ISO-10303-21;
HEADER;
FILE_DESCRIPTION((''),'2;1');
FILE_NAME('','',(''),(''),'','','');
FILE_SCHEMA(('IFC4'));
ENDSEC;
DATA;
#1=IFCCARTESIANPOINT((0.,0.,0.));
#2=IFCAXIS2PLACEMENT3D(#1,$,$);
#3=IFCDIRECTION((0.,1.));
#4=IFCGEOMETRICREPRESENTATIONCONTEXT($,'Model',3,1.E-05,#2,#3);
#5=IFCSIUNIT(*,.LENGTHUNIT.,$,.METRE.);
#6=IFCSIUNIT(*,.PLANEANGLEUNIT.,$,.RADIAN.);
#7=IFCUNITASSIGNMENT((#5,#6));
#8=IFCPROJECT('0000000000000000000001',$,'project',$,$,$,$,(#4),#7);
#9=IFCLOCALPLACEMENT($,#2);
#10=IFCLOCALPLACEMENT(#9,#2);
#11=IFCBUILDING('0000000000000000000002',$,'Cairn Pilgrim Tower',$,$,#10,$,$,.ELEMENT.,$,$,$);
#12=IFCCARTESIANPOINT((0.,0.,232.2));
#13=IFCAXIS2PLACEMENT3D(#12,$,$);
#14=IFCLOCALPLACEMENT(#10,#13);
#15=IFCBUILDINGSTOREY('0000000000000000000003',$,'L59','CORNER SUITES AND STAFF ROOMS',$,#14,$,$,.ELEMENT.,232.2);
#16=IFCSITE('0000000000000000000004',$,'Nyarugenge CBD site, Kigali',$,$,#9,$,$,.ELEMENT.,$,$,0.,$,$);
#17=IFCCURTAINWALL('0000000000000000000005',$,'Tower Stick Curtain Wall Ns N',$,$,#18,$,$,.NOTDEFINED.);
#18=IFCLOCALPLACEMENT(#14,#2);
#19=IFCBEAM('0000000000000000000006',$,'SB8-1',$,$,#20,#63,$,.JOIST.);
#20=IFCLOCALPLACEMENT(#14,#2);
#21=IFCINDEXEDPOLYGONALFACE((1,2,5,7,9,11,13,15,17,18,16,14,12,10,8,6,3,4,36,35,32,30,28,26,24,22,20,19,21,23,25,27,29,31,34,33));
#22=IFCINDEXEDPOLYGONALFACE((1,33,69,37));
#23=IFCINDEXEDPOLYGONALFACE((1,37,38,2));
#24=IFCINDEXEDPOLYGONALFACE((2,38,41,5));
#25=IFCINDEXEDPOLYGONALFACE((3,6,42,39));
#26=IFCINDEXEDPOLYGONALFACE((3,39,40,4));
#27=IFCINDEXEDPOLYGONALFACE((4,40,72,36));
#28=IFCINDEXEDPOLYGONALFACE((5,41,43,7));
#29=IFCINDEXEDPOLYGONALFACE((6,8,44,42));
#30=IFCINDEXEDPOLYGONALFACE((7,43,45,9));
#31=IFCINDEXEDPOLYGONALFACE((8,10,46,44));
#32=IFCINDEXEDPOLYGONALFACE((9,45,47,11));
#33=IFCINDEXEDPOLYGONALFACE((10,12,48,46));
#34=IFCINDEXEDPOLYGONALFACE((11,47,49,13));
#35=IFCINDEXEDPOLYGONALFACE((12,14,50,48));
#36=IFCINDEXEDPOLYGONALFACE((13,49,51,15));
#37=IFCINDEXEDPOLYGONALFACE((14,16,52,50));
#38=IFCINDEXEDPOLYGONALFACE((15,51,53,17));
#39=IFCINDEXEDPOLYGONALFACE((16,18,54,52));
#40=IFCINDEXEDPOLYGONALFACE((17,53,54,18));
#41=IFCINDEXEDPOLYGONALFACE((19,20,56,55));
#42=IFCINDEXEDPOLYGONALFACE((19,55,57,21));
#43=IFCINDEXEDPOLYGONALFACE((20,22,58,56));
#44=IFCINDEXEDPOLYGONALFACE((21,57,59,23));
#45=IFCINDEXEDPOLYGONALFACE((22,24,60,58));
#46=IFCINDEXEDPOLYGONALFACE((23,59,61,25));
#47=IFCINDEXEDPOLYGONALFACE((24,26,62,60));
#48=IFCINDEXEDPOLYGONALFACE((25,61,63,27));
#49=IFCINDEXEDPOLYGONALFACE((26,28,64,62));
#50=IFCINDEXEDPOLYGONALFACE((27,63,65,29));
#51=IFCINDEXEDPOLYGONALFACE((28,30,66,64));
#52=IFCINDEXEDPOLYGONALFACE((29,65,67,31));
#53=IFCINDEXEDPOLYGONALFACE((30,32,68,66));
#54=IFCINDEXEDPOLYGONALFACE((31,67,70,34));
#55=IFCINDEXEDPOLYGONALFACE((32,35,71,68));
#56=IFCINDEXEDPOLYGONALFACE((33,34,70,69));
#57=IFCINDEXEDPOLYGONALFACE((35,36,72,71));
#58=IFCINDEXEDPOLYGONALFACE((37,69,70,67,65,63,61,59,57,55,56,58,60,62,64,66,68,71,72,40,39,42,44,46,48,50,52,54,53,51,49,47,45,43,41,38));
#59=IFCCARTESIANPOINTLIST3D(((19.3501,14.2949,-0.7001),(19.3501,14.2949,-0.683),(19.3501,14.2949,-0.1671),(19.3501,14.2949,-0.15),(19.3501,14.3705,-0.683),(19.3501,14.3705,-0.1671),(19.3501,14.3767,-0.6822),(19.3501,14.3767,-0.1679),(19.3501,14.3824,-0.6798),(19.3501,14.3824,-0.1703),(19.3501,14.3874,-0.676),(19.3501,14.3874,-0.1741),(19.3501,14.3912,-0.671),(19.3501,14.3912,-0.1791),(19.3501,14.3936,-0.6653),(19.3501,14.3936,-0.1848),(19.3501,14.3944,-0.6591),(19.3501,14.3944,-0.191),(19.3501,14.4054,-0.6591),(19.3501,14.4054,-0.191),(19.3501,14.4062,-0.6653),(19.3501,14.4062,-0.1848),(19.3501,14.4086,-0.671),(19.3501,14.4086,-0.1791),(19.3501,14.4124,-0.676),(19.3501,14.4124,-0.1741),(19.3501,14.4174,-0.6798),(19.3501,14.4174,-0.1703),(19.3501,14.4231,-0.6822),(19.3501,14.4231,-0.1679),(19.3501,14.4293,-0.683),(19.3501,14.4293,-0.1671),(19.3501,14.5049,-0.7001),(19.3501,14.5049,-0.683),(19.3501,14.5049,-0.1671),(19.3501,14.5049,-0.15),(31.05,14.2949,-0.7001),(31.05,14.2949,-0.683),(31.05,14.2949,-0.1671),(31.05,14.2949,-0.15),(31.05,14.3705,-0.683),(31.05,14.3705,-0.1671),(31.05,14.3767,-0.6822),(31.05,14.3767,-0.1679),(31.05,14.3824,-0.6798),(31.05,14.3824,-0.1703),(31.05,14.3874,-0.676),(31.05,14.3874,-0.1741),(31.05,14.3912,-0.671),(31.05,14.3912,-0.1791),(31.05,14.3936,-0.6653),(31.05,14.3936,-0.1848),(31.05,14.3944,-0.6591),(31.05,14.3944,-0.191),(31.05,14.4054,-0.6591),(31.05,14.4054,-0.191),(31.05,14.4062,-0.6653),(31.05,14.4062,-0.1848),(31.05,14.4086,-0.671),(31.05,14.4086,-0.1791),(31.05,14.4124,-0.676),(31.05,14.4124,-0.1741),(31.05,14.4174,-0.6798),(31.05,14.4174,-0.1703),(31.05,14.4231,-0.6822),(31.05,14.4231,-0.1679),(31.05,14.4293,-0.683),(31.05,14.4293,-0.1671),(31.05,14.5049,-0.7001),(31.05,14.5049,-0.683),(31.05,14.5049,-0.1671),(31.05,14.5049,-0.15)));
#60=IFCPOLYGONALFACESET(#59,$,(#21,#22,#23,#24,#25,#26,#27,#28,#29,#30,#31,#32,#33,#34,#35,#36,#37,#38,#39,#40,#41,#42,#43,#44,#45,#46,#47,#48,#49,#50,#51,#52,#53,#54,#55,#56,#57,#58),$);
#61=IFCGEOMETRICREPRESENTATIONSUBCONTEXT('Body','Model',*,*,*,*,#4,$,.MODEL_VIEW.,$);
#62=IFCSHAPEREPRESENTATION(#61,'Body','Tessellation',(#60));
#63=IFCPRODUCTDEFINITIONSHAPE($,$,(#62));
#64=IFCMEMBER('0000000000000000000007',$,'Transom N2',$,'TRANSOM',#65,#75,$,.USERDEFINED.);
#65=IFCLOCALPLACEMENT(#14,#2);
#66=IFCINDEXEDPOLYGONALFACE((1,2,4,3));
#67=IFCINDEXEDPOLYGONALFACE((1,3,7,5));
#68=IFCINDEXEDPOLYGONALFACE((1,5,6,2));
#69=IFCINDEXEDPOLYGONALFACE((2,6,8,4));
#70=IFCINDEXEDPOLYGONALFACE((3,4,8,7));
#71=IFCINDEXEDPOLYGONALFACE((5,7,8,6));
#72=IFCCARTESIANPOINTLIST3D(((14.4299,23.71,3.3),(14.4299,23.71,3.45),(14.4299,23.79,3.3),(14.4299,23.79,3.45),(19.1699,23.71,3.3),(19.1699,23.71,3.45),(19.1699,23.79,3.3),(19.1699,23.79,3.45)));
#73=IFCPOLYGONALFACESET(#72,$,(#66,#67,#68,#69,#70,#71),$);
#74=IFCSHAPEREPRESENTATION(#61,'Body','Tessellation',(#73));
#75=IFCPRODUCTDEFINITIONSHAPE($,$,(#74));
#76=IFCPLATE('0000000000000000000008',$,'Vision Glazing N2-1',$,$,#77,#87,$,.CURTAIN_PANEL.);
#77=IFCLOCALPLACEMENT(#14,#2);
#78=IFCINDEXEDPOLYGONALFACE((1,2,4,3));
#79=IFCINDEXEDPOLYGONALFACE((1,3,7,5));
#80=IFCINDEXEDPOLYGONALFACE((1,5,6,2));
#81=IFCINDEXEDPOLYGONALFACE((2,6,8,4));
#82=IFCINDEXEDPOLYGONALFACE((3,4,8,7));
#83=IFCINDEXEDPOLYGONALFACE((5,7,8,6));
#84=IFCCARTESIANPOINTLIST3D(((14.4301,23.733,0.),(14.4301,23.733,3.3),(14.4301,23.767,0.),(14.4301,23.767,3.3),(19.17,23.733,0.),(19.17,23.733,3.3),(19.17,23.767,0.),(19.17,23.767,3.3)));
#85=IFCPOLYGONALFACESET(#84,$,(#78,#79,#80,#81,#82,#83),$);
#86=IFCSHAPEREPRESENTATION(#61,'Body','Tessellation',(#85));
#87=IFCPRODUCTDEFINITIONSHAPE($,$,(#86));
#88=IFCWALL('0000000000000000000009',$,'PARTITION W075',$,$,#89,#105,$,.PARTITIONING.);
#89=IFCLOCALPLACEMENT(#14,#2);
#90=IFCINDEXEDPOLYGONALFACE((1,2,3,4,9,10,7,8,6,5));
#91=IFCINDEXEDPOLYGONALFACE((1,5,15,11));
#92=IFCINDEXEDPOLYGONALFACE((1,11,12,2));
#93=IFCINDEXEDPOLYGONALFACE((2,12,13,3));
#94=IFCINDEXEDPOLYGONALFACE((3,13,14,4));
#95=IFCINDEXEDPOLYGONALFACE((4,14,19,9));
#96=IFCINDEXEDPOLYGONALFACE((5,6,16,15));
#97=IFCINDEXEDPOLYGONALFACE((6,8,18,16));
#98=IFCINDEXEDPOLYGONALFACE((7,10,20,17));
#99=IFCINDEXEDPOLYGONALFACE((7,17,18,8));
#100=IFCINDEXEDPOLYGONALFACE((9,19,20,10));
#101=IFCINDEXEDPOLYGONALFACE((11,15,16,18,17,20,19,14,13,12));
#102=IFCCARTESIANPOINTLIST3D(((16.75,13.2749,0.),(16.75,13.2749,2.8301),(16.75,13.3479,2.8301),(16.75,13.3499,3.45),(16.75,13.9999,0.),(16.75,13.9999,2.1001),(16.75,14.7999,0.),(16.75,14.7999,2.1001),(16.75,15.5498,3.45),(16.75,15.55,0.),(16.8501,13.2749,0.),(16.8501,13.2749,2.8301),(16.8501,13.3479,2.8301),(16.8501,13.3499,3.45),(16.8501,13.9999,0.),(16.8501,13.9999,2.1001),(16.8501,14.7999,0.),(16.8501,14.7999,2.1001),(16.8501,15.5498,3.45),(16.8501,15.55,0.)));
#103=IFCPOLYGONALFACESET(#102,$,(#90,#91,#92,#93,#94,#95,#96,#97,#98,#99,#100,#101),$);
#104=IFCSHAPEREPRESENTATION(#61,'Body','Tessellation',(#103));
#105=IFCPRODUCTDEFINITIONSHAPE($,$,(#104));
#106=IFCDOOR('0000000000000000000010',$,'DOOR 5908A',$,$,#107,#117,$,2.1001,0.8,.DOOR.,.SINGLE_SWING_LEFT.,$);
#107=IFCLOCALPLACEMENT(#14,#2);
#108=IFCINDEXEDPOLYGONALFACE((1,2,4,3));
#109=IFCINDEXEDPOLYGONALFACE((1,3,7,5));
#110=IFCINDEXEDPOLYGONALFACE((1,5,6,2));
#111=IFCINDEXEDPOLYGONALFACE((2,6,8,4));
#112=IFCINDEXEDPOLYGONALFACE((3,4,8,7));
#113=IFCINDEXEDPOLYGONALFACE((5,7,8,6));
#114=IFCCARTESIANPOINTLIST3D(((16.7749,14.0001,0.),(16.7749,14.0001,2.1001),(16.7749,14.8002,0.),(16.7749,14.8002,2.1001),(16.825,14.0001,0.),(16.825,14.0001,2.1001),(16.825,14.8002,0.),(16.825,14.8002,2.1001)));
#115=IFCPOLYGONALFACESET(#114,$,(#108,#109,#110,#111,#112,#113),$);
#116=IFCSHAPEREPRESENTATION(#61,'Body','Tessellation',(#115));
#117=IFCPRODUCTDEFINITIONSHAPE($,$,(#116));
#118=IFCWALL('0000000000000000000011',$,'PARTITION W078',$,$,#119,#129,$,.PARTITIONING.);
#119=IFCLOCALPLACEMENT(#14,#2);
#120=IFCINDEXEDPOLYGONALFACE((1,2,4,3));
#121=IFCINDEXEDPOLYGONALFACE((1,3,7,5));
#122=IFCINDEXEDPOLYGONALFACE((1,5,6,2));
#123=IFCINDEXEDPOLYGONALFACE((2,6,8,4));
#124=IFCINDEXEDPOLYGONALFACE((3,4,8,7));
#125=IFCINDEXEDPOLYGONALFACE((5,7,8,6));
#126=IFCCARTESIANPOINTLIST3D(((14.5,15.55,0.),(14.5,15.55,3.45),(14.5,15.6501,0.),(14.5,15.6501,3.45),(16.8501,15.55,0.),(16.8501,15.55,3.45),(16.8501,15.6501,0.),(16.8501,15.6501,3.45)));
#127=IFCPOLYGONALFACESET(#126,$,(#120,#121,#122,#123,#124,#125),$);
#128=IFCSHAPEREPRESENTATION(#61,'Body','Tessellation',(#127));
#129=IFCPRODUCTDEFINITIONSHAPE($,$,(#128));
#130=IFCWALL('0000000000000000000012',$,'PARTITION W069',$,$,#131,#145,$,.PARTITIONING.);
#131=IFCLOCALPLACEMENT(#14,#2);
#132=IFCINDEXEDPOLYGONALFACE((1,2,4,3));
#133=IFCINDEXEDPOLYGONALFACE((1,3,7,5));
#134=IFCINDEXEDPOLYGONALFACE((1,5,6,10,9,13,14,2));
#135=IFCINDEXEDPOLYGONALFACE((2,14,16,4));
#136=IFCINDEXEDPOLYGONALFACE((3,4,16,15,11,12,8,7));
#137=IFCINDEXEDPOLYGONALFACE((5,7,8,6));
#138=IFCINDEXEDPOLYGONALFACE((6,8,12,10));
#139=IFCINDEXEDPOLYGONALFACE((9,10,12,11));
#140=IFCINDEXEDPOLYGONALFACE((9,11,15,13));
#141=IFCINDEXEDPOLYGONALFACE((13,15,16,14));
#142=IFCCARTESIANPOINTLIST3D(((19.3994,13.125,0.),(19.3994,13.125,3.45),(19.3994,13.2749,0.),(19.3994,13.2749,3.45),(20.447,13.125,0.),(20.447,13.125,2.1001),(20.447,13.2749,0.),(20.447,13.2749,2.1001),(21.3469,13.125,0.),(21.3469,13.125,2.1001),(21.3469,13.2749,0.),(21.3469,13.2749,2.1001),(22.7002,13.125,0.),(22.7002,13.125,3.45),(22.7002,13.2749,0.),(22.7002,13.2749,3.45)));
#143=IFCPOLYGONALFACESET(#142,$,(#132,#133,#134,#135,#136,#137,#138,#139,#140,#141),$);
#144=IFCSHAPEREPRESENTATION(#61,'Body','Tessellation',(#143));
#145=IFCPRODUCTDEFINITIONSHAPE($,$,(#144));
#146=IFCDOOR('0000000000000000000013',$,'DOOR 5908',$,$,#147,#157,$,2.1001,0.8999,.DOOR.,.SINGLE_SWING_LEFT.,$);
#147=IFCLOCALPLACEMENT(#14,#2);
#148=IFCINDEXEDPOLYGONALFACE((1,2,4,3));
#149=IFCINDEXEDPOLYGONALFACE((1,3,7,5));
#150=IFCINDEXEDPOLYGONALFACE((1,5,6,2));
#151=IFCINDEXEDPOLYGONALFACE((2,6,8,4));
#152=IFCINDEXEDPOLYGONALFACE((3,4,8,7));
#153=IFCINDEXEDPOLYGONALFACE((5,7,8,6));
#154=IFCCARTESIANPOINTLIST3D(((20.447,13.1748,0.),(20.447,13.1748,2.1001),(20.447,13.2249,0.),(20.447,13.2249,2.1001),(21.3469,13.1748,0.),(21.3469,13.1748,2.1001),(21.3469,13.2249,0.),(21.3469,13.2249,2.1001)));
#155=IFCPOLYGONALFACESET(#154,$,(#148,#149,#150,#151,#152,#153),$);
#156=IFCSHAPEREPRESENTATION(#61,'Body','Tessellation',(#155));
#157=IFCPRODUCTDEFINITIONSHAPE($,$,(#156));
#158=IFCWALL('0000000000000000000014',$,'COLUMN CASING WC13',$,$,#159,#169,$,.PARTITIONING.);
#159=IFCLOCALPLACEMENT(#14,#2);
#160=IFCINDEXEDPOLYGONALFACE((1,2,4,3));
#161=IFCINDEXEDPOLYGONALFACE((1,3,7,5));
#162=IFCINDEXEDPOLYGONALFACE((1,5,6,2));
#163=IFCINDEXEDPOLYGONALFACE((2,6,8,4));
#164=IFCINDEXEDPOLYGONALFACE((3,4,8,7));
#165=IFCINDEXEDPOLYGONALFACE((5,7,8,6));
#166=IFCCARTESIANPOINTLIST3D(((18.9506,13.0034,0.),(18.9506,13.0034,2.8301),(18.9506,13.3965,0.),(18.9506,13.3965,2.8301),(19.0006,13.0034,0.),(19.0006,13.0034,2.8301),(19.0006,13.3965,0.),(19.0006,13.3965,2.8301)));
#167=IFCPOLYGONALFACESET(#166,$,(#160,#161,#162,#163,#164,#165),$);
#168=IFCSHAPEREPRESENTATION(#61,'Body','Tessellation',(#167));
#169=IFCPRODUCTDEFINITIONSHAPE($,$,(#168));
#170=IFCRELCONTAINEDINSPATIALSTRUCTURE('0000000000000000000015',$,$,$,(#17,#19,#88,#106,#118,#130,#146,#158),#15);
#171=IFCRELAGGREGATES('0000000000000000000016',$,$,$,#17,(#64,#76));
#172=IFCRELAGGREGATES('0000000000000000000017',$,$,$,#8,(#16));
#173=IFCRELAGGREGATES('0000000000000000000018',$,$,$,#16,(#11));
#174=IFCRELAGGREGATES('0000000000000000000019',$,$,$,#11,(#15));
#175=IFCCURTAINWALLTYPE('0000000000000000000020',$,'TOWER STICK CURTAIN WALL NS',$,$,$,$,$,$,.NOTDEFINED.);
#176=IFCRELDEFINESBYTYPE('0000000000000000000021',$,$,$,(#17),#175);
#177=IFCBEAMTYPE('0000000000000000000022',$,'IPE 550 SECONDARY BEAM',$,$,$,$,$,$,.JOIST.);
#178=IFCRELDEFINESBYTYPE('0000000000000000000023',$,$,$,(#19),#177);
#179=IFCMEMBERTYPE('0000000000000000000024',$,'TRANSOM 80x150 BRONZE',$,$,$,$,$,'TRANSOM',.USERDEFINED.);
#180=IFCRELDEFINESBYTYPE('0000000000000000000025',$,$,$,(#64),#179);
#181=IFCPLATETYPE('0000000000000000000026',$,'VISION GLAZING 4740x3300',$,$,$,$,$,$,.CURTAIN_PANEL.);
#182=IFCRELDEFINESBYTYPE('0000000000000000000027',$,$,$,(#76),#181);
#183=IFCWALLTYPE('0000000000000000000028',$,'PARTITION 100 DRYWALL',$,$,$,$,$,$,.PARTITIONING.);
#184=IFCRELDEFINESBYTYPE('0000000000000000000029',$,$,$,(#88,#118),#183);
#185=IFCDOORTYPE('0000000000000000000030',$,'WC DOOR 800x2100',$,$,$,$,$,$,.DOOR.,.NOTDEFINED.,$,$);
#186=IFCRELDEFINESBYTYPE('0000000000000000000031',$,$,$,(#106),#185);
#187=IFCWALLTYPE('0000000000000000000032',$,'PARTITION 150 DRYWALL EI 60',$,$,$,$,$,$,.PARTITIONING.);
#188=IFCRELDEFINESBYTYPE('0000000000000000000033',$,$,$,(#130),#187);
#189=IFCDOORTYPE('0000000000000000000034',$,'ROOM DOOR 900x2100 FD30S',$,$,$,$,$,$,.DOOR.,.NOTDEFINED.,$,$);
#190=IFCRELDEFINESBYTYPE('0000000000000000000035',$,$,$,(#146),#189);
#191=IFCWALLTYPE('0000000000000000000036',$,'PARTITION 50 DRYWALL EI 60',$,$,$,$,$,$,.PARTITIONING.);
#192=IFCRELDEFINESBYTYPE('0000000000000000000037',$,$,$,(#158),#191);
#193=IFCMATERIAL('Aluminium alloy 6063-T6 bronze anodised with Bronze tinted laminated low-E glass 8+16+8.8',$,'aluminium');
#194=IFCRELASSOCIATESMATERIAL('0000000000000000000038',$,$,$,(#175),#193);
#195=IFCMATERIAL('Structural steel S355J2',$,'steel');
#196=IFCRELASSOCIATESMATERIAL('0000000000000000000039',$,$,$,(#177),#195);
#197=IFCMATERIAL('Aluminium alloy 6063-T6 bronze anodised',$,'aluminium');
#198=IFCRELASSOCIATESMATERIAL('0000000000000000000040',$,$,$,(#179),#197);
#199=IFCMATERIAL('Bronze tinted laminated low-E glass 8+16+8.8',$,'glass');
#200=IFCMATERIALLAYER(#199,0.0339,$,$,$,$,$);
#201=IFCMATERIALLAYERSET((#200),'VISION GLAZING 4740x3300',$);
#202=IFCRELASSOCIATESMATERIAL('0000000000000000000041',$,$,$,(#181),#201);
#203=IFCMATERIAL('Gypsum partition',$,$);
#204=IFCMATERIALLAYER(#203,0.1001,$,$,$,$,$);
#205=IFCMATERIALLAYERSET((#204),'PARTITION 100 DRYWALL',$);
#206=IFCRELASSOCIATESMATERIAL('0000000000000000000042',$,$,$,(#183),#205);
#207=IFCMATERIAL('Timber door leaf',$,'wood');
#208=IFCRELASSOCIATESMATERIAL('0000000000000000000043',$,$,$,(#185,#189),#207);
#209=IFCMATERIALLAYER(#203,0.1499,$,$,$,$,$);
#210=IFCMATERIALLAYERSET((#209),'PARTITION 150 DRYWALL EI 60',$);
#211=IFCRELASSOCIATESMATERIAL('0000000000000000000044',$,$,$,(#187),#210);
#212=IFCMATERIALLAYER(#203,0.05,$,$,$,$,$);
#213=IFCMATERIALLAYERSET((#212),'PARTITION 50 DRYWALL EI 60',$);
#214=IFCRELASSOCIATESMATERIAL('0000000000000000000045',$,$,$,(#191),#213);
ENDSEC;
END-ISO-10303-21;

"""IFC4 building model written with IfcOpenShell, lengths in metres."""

from ifc_helpers import new_model, si_unit, direction, frame, frame_2d, origin, origin_2d, place, context, subcontext, project, spatial, polyline, rectangle, i_section, outline, extrude, material, layer, layer_set, material_profile, profile_set, type_object, element, fill, aggregate, save


model = new_model("IFC4")

# Units and contexts
model_context = context("Model", 3, precision=1e-05, world=origin(), true_north=direction((0.0, 1.0)))
body_context = subcontext(model_context, "Body", "Model", "MODEL_VIEW")
ifc_project = project(units=[si_unit("LENGTHUNIT", "METRE"), si_unit("PLANEANGLEUNIT", "RADIAN")], contexts=[model_context])

# Site, building, storey
site_placement = place(None, origin())
site = spatial("IfcSite", under=ifc_project, at=site_placement, Name="Nyarugenge CBD site, Kigali", CompositionType="ELEMENT", RefElevation=0.0)
building_placement = place(site_placement, origin())
building = spatial("IfcBuilding", under=site, at=building_placement, Name="Cairn Pilgrim Tower", CompositionType="ELEMENT")
storey_placement = place(building_placement, frame((0.0, 0.0, 232.2)))
storey = spatial("IfcBuildingStorey", under=building, at=storey_placement, Name="L59", Description="CORNER SUITES AND STAFF ROOMS", CompositionType="ELEMENT", Elevation=232.2)

# Shared definitions
ifc_material_1 = material(Name="Structural steel S355J2", Category="steel")

# Curtain wall
ifc_material_2 = material(Name="Aluminium alloy 6063-T6 bronze anodised with Bronze tinted laminated low-E glass 8+16+8.8", Category="aluminium")
curtain_wall_type = type_object("IfcCurtainWallType", Name="TOWER STICK CURTAIN WALL NS", PredefinedType="NOTDEFINED", material=ifc_material_2)
curtain_wall_placement = place(storey_placement, origin())
curtain_wall = element("IfcCurtainWall", 1, at=curtain_wall_placement, inside=storey, type_object=curtain_wall_type, Name="Tower Stick Curtain Wall Ns N", PredefinedType="NOTDEFINED")
ifc_material_3 = material(Name="Aluminium alloy 6063-T6 bronze anodised", Category="aluminium")

# Beam
ifc_material_profile_1 = material_profile(ifc_material_1, i_section(OverallWidth=0.21, OverallDepth=0.55, WebThickness=0.011, FlangeThickness=0.0171, FilletRadius=0.0239, at=origin_2d()), Name="IPE 550")
ifc_profile_set_1 = profile_set([ifc_material_profile_1], Name="Structural steel S355J2")
beam_type_1 = type_object("IfcBeamType", Name="IPE 550 SECONDARY BEAM", PredefinedType="JOIST", material=ifc_profile_set_1)
beam_1_placement = place(storey_placement, frame((19.3501, 14.3999, -0.425), z_axis=(1.0, 0.0, 0.0), x_axis=(0.0, 1.0, 0.0)))
element("IfcBeam", 2, at=beam_1_placement, inside=storey, type_object=beam_type_1, Name="SB8-1", PredefinedType="JOIST", context=body_context, shape_type="SweptSolid", body=[
    extrude(i_section(OverallWidth=0.21, OverallDepth=0.55, WebThickness=0.011, FlangeThickness=0.0171, FilletRadius=0.0239, at=origin_2d()), origin(), (0.0, 0.0, 1.0), 11.7),
])

# Member
ifc_material_profile_2 = material_profile(ifc_material_3, rectangle(XDim=0.0801, YDim=0.1499, at=origin_2d()), Name="TRANSOM 80x150 BRONZE")
ifc_profile_set_2 = profile_set([ifc_material_profile_2], Name="Aluminium alloy 6063-T6 bronze anodised")
member_type_1 = type_object("IfcMemberType", Name="TRANSOM 80x150 BRONZE", ElementType="TRANSOM", PredefinedType="USERDEFINED", material=ifc_profile_set_2)
member_1_placement = place(storey_placement, frame((19.1699, 23.75, 3.375), z_axis=(-1.0, 0.0, 0.0), x_axis=(0.0, -1.0, 0.0)))
member_1 = element("IfcMember", 3, at=member_1_placement, type_object=member_type_1, Name="Transom N2", ObjectType="TRANSOM", PredefinedType="USERDEFINED", context=body_context, shape_type="SweptSolid", body=[
    extrude(rectangle(XDim=0.0801, YDim=0.1499, at=origin_2d()), origin(), (0.0, 0.0, 1.0), 4.74),
])

# Plate
ifc_material_4 = material(Name="Bronze tinted laminated low-E glass 8+16+8.8", Category="glass")
ifc_layer_1 = layer(ifc_material_4, 0.0339)
ifc_layer_set_1 = layer_set([ifc_layer_1], Name="VISION GLAZING 4740x3300")
plate_type = type_object("IfcPlateType", Name="VISION GLAZING 4740x3300", PredefinedType="CURTAIN_PANEL", material=ifc_layer_set_1)
plate_placement = place(storey_placement, frame((16.8, 23.75, 0.0), z_axis=(0.0, 0.0, 1.0), x_axis=(-1.0, 0.0, 0.0)))
plate = element("IfcPlate", 4, at=plate_placement, type_object=plate_type, Name="Vision Glazing N2-1", PredefinedType="CURTAIN_PANEL", context=body_context, shape_type="SweptSolid", body=[
    extrude(rectangle(XDim=4.74, YDim=0.0339, at=origin_2d()), origin(), (0.0, 0.0, 1.0), 3.3),
])
aggregate(curtain_wall, [member_1, plate])

# Wall, opening, door
ifc_material_5 = material(Name="Gypsum partition")
ifc_layer_2 = layer(ifc_material_5, 0.1001)
ifc_layer_set_2 = layer_set([ifc_layer_2], Name="PARTITION 100 DRYWALL")
wall_type_1 = type_object("IfcWallType", Name="PARTITION 100 DRYWALL", PredefinedType="PARTITIONING", material=ifc_layer_set_2)
wall_1_placement = place(storey_placement, frame((16.8, 13.2749, 0.0), z_axis=(0.0, 0.0, 1.0), x_axis=(0.0, 1.0, 0.0)))
wall_1 = element("IfcWall", 5, at=wall_1_placement, inside=storey, type_object=wall_type_1, Name="PARTITION W075", PredefinedType="PARTITIONING", context=body_context, shape_type="SweptSolid", body=[
    extrude(outline(polyline([(0.0, 0.0), (2.2751, 0.0), (2.2749, 3.45), (0.075, 3.45), (0.073, 2.8301), (0.0, 2.8301), (0.0, 0.0)])), frame((0.0, 0.05, 0.0), z_axis=(0.0, -1.0, 0.0), x_axis=(1.0, 0.0, 0.0)), (0.0, 0.0, 1.0), 0.1001),
])
opening_1_placement = place(wall_1_placement, frame((0.7251, 0.0, 0.0)))
opening_1 = element("IfcOpeningElement", 6, at=opening_1_placement, cuts=wall_1, PredefinedType="OPENING", context=body_context, shape_type="SweptSolid", body=[
    extrude(rectangle(XDim=0.8, YDim=2.1001, at=frame_2d((0.3999, 1.05))), frame((0.0, 0.0601, 0.0), z_axis=(0.0, -1.0, 0.0), x_axis=(1.0, 0.0, 0.0)), (0.0, 0.0, 1.0), 0.1201),
])
ifc_material_6 = material(Name="Timber door leaf", Category="wood")
door_type_1 = type_object("IfcDoorType", Name="WC DOOR 800x2100", OperationType="NOTDEFINED", PredefinedType="DOOR", material=ifc_material_6)
door_1_placement = place(opening_1_placement, frame((0.8, 0.0, 0.0), z_axis=(0.0, 0.0, 1.0), x_axis=(-1.0, 0.0, 0.0)))
door_1 = element("IfcDoor", 7, at=door_1_placement, inside=storey, type_object=door_type_1, Name="DOOR 5908A", OperationType="SINGLE_SWING_LEFT", OverallHeight=2.1001, OverallWidth=0.8, PredefinedType="DOOR", context=body_context, shape_type="SweptSolid", body=[
    extrude(rectangle(XDim=0.8, YDim=2.1001, at=frame_2d((0.3999, 1.05))), frame((0.0, 0.0249, 0.0), z_axis=(0.0, -1.0, 0.0), x_axis=(1.0, 0.0, 0.0)), (0.0, 0.0, 1.0), 0.05),
])
fill(opening_1, door_1)

# Wall
wall_2_placement = place(storey_placement, frame((14.5, 15.6001, 0.0), z_axis=(0.0, 0.0, 1.0), x_axis=(1.0, 0.0, 0.0)))
element("IfcWall", 8, at=wall_2_placement, inside=storey, type_object=wall_type_1, Name="PARTITION W078", PredefinedType="PARTITIONING", context=body_context, shape_type="SweptSolid", body=[
    extrude(rectangle(XDim=2.3501, YDim=0.1001, at=frame_2d((1.175, 0.0))), origin(), (0.0, 0.0, 1.0), 3.45),
])

# Wall, opening, door
ifc_layer_3 = layer(ifc_material_5, 0.1499)
ifc_layer_set_3 = layer_set([ifc_layer_3], Name="PARTITION 150 DRYWALL EI 60")
wall_type_2 = type_object("IfcWallType", Name="PARTITION 150 DRYWALL EI 60", PredefinedType="PARTITIONING", material=ifc_layer_set_3)
wall_3_placement = place(storey_placement, frame((19.3994, 13.2, 0.0), z_axis=(0.0, 0.0, 1.0), x_axis=(1.0, 0.0, 0.0)))
wall_3 = element("IfcWall", 9, at=wall_3_placement, inside=storey, type_object=wall_type_2, Name="PARTITION W069", PredefinedType="PARTITIONING", context=body_context, shape_type="SweptSolid", body=[
    extrude(rectangle(XDim=3.3008, YDim=0.1499, at=frame_2d((1.6504, 0.0))), origin(), (0.0, 0.0, 1.0), 3.45),
])
opening_2_placement = place(wall_3_placement, frame((1.0476, 0.0, 0.0)))
opening_2 = element("IfcOpeningElement", 10, at=opening_2_placement, cuts=wall_3, PredefinedType="OPENING", context=body_context, shape_type="SweptSolid", body=[
    extrude(rectangle(XDim=0.8999, YDim=2.1001, at=frame_2d((0.45, 1.05))), frame((0.0, 0.085, 0.0), z_axis=(0.0, -1.0, 0.0), x_axis=(1.0, 0.0, 0.0)), (0.0, 0.0, 1.0), 0.1699),
])
door_type_2 = type_object("IfcDoorType", Name="ROOM DOOR 900x2100 FD30S", OperationType="NOTDEFINED", PredefinedType="DOOR", material=ifc_material_6)
door_2_placement = place(opening_2_placement, origin())
door_2 = element("IfcDoor", 11, at=door_2_placement, inside=storey, type_object=door_type_2, Name="DOOR 5908", OperationType="SINGLE_SWING_LEFT", OverallHeight=2.1001, OverallWidth=0.8999, PredefinedType="DOOR", context=body_context, shape_type="SweptSolid", body=[
    extrude(rectangle(XDim=0.8999, YDim=2.1001, at=frame_2d((0.45, 1.05))), frame((0.0, 0.0249, 0.0), z_axis=(0.0, -1.0, 0.0), x_axis=(1.0, 0.0, 0.0)), (0.0, 0.0, 1.0), 0.05),
])
fill(opening_2, door_2)

# Wall
ifc_layer_4 = layer(ifc_material_5, 0.05)
ifc_layer_set_4 = layer_set([ifc_layer_4], Name="PARTITION 50 DRYWALL EI 60")
wall_type_3 = type_object("IfcWallType", Name="PARTITION 50 DRYWALL EI 60", PredefinedType="PARTITIONING", material=ifc_layer_set_4)
wall_4_placement = place(storey_placement, frame((18.9756, 13.0034, 0.0), z_axis=(0.0, 0.0, 1.0), x_axis=(0.0, 1.0, 0.0)))
element("IfcWall", 12, at=wall_4_placement, inside=storey, type_object=wall_type_3, Name="COLUMN CASING WC13", PredefinedType="PARTITIONING", context=body_context, shape_type="SweptSolid", body=[
    extrude(rectangle(XDim=0.3931, YDim=0.05, at=frame_2d((0.1965, 0.0))), origin(), (0.0, 0.0, 1.0), 2.8301),
])

save(model, "model.ifc")
